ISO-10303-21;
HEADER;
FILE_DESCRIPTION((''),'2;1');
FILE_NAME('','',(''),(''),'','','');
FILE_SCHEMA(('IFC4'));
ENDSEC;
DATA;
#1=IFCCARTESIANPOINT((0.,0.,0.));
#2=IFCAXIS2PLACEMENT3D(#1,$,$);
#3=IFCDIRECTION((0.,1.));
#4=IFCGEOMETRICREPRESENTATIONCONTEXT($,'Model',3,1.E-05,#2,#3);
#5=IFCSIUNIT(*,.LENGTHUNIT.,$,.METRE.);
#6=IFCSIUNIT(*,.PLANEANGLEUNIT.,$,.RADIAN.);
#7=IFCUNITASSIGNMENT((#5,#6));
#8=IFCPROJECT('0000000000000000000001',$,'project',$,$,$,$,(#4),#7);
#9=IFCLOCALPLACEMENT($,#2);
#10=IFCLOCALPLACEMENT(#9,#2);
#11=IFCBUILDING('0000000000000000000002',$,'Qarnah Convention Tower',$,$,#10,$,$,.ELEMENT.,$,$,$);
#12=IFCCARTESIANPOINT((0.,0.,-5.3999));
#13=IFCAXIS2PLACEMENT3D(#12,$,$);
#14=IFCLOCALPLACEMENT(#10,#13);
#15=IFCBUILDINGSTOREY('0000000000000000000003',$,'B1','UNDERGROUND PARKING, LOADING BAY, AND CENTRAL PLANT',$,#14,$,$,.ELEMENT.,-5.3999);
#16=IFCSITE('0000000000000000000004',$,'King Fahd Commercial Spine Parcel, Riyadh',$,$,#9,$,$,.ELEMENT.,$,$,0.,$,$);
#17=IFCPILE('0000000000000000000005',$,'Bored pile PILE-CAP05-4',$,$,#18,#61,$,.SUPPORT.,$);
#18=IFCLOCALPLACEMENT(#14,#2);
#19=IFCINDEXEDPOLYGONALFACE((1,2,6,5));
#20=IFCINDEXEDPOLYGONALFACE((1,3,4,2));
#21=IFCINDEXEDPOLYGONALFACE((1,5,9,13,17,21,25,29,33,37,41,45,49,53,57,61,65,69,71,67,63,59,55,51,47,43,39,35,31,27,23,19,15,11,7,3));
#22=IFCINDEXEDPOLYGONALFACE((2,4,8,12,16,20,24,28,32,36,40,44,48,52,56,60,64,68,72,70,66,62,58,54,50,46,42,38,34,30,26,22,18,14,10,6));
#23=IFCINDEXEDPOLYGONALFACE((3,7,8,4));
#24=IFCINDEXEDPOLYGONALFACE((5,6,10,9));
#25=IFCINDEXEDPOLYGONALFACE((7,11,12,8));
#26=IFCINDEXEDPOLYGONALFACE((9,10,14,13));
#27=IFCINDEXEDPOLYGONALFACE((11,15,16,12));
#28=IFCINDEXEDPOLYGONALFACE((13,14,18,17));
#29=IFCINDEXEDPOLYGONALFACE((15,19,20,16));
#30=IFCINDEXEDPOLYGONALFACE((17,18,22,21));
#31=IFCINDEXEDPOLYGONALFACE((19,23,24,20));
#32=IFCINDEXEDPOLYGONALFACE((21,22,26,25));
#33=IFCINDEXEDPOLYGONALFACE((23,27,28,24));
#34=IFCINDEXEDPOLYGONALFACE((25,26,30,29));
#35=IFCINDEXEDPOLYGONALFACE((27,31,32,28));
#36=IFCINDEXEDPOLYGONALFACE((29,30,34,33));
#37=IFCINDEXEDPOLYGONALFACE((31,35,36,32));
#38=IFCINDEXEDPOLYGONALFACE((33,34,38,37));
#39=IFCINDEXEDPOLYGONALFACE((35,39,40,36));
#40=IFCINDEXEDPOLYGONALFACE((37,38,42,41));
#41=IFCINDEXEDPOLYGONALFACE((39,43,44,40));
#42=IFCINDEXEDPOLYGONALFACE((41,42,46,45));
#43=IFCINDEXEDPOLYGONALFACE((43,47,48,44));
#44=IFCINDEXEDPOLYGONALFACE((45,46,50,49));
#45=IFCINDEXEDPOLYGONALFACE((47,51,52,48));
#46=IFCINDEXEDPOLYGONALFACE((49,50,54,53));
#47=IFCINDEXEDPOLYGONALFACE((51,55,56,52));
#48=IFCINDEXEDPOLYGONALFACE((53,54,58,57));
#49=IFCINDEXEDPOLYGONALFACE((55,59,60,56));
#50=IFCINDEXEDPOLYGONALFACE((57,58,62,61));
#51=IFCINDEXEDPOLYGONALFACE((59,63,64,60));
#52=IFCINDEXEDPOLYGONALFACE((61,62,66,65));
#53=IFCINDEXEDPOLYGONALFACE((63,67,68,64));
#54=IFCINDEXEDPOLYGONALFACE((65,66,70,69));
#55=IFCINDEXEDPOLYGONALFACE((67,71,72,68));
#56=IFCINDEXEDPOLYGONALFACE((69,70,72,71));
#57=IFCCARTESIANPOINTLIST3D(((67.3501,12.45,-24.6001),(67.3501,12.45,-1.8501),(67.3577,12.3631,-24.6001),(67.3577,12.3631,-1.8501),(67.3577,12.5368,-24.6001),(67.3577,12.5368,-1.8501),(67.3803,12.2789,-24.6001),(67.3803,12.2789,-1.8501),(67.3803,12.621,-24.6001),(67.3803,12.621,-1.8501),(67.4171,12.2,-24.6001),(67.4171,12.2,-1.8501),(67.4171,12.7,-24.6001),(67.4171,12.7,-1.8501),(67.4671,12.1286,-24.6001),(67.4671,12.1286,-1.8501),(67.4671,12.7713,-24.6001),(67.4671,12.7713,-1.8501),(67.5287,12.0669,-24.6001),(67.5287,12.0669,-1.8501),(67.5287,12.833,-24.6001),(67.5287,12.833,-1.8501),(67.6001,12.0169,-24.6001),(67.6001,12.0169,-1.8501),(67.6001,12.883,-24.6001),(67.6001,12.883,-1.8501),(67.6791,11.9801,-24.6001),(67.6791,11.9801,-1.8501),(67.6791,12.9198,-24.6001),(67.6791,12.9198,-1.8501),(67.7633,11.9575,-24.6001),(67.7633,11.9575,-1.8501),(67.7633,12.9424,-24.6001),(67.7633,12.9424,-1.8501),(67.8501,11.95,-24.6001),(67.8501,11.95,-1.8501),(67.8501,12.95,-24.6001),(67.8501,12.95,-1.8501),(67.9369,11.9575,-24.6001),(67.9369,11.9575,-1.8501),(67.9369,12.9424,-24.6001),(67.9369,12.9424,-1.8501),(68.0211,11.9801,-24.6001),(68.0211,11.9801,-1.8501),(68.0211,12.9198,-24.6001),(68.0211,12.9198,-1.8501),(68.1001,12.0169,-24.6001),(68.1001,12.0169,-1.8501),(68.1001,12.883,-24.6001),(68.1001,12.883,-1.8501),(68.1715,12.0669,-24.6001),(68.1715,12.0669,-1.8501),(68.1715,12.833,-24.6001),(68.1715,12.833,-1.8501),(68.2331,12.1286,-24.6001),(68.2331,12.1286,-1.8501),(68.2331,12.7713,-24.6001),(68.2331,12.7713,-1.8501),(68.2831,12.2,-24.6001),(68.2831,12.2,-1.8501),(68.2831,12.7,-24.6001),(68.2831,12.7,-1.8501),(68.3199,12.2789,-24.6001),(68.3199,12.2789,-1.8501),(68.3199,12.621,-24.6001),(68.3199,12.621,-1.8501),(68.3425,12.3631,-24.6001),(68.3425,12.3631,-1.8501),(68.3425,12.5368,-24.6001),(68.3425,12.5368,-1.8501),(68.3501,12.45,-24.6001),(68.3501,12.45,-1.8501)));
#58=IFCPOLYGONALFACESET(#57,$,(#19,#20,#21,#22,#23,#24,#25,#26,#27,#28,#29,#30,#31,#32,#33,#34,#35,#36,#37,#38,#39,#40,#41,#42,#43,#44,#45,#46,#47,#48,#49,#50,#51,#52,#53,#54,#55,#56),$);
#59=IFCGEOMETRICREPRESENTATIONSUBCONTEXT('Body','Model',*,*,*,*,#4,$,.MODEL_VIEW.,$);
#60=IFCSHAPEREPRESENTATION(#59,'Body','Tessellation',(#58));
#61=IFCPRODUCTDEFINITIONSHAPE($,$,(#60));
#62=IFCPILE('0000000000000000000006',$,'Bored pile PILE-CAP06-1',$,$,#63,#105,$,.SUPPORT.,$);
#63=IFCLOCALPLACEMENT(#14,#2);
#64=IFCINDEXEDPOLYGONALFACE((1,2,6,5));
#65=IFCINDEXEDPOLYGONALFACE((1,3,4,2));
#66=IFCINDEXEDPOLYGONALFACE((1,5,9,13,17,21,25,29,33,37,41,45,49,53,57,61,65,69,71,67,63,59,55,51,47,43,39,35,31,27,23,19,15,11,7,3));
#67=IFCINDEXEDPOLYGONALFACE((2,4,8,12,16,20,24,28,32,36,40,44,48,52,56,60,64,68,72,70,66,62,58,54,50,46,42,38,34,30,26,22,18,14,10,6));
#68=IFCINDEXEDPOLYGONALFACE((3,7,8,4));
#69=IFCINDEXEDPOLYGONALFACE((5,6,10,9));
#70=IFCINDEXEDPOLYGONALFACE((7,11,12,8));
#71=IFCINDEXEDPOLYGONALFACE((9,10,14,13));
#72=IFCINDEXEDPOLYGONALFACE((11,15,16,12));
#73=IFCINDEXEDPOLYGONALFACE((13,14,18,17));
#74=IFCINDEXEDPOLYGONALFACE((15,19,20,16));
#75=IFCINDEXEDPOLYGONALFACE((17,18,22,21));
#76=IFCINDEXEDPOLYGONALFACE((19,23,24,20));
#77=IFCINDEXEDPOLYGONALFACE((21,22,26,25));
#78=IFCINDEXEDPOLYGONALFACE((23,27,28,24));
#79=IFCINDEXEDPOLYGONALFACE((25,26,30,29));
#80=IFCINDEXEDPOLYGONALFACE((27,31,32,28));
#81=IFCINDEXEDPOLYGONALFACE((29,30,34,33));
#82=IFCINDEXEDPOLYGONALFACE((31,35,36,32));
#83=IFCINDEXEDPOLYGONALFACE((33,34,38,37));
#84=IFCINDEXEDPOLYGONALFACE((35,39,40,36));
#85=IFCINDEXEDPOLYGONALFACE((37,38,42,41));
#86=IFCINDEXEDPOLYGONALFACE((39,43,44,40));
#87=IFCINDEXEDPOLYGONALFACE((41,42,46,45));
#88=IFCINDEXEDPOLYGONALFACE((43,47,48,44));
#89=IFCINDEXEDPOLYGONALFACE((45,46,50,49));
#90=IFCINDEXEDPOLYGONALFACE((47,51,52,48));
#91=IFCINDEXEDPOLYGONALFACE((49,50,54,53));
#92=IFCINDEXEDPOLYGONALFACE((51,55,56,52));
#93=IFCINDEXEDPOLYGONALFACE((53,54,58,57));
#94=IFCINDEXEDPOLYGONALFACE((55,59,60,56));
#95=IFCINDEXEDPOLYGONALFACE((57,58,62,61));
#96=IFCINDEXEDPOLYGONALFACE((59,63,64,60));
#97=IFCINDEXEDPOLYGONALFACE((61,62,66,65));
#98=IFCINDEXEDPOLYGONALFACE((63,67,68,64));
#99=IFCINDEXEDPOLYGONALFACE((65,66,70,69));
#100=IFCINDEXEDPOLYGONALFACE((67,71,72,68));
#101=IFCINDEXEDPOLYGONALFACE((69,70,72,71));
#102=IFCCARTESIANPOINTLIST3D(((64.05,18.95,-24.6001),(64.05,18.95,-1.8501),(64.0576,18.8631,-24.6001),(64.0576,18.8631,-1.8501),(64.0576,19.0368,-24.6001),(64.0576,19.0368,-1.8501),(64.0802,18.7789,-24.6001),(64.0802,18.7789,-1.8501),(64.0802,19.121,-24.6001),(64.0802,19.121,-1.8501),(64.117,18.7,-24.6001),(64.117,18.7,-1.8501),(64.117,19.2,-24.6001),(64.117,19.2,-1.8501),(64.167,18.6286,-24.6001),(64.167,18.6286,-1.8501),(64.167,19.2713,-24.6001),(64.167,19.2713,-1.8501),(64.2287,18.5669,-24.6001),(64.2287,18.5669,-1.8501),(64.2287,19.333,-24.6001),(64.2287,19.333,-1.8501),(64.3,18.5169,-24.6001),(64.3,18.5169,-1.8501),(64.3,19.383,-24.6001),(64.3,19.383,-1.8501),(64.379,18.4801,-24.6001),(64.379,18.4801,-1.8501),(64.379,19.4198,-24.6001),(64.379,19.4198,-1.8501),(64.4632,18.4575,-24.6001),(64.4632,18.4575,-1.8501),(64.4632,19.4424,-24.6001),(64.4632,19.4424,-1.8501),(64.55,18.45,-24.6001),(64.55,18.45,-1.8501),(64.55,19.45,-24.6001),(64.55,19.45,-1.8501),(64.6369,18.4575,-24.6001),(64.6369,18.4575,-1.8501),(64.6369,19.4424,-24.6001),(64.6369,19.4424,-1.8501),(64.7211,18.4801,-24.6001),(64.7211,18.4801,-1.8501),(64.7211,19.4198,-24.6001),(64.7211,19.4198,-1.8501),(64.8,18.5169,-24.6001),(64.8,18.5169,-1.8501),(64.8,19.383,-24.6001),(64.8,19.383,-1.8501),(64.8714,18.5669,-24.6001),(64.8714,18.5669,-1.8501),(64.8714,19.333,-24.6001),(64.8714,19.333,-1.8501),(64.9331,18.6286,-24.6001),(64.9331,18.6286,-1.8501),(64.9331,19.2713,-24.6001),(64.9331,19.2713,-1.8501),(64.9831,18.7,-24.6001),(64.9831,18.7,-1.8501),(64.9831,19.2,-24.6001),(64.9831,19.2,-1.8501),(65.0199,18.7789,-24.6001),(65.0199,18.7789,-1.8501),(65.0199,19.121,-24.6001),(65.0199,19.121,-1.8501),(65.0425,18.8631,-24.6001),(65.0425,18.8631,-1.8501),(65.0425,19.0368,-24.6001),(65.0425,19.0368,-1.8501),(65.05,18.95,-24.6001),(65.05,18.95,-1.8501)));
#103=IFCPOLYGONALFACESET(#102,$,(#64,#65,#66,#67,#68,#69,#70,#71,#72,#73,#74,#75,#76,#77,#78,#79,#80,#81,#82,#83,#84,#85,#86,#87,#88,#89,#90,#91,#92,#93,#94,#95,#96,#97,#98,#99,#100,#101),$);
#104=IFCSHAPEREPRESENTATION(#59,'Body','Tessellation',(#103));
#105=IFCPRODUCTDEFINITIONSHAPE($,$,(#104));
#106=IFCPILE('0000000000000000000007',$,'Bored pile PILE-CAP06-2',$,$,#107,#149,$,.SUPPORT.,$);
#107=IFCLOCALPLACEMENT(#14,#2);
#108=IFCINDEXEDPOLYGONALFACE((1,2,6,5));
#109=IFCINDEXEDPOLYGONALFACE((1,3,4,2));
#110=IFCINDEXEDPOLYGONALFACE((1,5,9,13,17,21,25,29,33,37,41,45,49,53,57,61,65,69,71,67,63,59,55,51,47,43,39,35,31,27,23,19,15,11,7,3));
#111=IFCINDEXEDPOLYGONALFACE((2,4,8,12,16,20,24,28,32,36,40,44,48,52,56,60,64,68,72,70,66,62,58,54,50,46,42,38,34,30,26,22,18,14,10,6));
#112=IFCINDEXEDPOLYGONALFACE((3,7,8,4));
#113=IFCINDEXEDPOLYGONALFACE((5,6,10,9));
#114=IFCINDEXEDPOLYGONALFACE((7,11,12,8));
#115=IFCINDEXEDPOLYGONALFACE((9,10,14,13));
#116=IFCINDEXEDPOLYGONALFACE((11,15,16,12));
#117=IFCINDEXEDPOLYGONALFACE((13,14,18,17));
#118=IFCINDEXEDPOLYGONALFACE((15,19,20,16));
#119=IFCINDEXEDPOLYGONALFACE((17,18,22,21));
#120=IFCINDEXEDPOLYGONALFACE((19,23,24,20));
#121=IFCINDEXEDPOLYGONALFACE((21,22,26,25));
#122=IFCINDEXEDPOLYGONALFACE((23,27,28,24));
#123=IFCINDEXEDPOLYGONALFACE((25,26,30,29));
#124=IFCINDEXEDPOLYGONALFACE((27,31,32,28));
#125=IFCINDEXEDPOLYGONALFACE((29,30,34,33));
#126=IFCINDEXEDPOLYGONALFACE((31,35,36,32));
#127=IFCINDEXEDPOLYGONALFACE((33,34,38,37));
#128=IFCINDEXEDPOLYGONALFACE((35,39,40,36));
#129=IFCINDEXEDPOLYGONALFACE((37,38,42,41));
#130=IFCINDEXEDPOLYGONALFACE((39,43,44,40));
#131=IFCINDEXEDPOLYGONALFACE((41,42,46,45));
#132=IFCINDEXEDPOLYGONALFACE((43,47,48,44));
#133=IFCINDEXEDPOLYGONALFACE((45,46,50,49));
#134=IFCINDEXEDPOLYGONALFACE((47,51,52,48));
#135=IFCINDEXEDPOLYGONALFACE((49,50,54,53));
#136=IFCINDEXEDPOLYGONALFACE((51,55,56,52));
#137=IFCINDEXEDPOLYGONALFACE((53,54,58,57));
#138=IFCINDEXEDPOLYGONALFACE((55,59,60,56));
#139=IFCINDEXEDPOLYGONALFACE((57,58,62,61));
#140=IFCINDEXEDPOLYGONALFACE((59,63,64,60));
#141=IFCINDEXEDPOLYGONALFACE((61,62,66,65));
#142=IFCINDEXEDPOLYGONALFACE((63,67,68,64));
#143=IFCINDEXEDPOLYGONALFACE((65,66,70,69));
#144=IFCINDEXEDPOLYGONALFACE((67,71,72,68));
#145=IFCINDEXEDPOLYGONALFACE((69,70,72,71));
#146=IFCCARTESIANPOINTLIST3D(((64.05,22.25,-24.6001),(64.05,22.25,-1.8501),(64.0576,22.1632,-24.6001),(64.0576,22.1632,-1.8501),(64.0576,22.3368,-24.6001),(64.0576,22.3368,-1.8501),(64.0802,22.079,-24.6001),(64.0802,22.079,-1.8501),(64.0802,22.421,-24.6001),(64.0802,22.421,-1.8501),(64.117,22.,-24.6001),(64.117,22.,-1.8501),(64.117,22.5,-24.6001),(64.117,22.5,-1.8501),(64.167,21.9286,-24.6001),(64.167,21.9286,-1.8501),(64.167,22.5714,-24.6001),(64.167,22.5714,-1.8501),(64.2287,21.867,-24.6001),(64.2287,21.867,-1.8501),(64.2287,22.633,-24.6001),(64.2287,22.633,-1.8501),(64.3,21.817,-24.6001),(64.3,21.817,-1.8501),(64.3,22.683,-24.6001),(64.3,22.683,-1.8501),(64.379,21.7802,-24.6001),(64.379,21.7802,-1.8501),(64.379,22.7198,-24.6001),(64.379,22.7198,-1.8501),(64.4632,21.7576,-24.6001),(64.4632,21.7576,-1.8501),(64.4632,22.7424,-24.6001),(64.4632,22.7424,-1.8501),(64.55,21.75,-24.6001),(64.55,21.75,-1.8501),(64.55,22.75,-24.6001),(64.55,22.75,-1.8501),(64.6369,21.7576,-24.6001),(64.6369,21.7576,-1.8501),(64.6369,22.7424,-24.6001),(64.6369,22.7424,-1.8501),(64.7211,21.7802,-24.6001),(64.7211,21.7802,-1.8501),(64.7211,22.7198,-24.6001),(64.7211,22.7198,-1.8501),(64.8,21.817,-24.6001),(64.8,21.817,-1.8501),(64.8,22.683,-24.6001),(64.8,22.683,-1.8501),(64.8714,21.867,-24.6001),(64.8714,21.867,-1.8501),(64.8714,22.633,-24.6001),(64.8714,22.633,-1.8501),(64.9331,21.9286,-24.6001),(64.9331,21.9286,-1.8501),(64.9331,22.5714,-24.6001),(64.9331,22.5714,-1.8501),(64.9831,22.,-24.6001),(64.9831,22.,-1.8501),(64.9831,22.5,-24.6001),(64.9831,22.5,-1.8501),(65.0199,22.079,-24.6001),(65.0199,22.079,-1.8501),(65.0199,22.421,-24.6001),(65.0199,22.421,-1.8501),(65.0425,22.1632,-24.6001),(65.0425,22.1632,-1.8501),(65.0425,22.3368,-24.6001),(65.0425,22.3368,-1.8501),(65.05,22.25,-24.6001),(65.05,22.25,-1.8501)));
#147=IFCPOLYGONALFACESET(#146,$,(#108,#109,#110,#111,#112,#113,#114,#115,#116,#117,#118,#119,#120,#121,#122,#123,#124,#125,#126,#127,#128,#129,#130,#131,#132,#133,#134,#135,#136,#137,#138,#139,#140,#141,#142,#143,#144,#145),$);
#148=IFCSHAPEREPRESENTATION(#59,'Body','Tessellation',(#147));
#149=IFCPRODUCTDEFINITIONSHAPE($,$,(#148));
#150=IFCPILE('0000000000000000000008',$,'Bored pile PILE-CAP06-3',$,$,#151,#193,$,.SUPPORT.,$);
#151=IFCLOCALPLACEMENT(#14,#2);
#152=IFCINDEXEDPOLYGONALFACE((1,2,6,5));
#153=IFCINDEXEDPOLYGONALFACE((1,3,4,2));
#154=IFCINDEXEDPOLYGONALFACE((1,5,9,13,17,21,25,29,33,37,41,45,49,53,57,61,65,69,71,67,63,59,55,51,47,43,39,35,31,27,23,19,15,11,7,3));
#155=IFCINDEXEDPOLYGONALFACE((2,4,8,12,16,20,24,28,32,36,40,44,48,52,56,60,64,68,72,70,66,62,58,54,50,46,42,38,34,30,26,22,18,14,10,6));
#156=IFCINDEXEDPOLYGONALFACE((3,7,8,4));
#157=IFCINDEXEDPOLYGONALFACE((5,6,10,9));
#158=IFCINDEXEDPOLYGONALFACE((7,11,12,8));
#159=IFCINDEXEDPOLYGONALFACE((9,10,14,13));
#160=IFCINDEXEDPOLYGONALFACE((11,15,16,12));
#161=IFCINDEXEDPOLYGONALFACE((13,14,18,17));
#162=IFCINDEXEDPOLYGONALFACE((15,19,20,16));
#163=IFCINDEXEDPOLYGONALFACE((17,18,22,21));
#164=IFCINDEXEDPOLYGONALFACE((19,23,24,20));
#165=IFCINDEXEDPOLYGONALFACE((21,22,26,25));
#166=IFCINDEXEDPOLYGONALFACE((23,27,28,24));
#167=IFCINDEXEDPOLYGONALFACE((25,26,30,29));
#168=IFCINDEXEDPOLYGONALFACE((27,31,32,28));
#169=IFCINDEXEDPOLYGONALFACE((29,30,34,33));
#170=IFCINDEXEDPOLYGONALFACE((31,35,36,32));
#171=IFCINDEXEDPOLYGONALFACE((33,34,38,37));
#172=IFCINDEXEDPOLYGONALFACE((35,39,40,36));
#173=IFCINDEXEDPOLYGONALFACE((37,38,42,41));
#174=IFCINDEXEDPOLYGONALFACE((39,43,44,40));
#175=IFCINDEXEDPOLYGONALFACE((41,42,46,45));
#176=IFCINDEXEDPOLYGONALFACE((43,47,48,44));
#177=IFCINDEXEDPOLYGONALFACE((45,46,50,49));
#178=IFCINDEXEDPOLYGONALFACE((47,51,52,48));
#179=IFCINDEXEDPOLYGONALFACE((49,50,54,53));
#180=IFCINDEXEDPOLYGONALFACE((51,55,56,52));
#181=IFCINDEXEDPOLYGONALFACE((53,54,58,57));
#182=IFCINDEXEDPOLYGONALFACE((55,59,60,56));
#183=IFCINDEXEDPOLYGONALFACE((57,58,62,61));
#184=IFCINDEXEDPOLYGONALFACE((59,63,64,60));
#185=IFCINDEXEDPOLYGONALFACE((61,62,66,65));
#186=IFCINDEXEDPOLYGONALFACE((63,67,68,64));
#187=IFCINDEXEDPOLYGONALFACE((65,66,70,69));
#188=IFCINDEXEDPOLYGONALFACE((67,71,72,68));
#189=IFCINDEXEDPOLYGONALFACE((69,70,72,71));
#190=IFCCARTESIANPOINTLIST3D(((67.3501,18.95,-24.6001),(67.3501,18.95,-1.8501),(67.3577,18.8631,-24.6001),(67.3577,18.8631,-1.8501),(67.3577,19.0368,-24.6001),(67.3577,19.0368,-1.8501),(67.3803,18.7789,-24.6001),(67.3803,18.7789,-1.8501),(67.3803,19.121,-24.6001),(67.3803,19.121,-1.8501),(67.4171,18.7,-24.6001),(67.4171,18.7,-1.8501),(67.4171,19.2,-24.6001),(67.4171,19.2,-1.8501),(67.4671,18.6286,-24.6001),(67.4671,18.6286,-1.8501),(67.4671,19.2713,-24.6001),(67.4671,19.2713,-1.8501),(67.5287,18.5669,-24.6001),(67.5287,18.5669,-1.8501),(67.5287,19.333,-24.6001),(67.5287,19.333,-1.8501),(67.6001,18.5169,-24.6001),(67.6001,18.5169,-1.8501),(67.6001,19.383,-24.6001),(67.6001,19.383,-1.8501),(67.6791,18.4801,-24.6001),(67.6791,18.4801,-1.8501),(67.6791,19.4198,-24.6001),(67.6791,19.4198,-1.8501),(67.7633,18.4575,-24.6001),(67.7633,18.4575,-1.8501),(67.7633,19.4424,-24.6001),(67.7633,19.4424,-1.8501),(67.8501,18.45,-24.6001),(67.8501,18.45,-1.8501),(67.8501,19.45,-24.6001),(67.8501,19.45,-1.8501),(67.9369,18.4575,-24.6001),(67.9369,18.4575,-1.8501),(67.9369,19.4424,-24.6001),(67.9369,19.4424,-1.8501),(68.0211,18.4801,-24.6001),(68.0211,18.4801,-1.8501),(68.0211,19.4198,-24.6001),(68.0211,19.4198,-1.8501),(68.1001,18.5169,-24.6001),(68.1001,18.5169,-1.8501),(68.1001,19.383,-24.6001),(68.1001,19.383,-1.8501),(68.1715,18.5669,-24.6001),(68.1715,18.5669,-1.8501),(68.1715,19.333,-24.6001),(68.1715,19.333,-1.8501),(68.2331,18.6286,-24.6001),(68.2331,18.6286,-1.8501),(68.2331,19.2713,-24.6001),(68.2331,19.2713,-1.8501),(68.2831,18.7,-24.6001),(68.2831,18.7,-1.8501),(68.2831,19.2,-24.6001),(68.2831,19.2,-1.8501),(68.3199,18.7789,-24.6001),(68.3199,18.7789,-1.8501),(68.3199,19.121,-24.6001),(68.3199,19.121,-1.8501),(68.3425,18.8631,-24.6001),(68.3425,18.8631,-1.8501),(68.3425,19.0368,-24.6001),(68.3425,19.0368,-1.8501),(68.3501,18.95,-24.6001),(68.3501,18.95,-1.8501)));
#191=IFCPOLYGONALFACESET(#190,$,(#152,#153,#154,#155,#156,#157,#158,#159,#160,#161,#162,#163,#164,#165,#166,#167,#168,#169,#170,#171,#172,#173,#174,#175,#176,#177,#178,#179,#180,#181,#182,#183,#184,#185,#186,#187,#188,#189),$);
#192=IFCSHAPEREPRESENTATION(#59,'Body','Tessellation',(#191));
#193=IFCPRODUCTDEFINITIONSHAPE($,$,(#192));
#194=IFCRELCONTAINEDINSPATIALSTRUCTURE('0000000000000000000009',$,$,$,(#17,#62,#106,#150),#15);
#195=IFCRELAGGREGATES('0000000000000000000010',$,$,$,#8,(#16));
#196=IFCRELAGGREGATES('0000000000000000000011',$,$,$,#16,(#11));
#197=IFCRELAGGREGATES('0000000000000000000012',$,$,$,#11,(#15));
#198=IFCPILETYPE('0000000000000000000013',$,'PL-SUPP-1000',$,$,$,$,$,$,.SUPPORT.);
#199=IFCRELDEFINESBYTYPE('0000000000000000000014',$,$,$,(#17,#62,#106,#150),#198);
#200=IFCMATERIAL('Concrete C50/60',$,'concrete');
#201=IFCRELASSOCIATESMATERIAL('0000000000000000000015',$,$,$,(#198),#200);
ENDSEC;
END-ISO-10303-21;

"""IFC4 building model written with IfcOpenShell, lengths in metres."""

from ifc_helpers import new_model, si_unit, direction, frame, origin, origin_2d, place, context, subcontext, project, spatial, circle, extrude, material, material_profile, profile_set, type_object, element, save


model = new_model("IFC4")

# Units and contexts
model_context = context("Model", 3, precision=1e-05, world=origin(), true_north=direction((0.0, 1.0)))
body_context = subcontext(model_context, "Body", "Model", "MODEL_VIEW")
ifc_project = project(units=[si_unit("LENGTHUNIT", "METRE"), si_unit("PLANEANGLEUNIT", "RADIAN")], contexts=[model_context])

# Site, building, storey
site_placement = place(None, origin())
site = spatial("IfcSite", under=ifc_project, at=site_placement, Name="King Fahd Commercial Spine Parcel, Riyadh", CompositionType="ELEMENT", RefElevation=0.0)
building_placement = place(site_placement, origin())
building = spatial("IfcBuilding", under=site, at=building_placement, Name="Qarnah Convention Tower", CompositionType="ELEMENT")
storey_placement = place(building_placement, frame((0.0, 0.0, -5.3999)))
storey = spatial("IfcBuildingStorey", under=building, at=storey_placement, Name="B1", Description="UNDERGROUND PARKING, LOADING BAY, AND CENTRAL PLANT", CompositionType="ELEMENT", Elevation=-5.3999)

# Shared definitions
ifc_material_1 = material(Name="Concrete C50/60", Category="concrete")

# Piles
ifc_material_profile_1 = material_profile(ifc_material_1, circle(Radius=0.5, at=origin_2d()), Name="PILE-D1000")
ifc_profile_set_1 = profile_set([ifc_material_profile_1], Name="Concrete C50/60")
pile_type_1 = type_object("IfcPileType", Name="PL-SUPP-1000", PredefinedType="SUPPORT", material=ifc_profile_set_1)
for number, where, z_axis, x_axis, name in (
    (1, (67.8501, 12.45, -1.8501), (0.0, 0.0, -1.0), (1.0, 0.0, 0.0), "Bored pile PILE-CAP05-4"),
    (2, (64.55, 18.95, -1.8501), (0.0, 0.0, -1.0), (1.0, 0.0, 0.0), "Bored pile PILE-CAP06-1"),
    (3, (64.55, 22.25, -1.8501), (0.0, 0.0, -1.0), (1.0, 0.0, 0.0), "Bored pile PILE-CAP06-2"),
    (4, (67.8501, 18.95, -1.8501), (0.0, 0.0, -1.0), (1.0, 0.0, 0.0), "Bored pile PILE-CAP06-3"),
):
    element("IfcPile", number, at=place(storey_placement, frame(where, z_axis=z_axis, x_axis=x_axis)), inside=storey, type_object=pile_type_1, Name=name, PredefinedType="SUPPORT", context=body_context, shape_type="SweptSolid", body=[
        extrude(circle(Radius=0.5, at=origin_2d()), origin(), (0.0, 0.0, 1.0), 22.75),
    ])

save(model, "model.ifc")
